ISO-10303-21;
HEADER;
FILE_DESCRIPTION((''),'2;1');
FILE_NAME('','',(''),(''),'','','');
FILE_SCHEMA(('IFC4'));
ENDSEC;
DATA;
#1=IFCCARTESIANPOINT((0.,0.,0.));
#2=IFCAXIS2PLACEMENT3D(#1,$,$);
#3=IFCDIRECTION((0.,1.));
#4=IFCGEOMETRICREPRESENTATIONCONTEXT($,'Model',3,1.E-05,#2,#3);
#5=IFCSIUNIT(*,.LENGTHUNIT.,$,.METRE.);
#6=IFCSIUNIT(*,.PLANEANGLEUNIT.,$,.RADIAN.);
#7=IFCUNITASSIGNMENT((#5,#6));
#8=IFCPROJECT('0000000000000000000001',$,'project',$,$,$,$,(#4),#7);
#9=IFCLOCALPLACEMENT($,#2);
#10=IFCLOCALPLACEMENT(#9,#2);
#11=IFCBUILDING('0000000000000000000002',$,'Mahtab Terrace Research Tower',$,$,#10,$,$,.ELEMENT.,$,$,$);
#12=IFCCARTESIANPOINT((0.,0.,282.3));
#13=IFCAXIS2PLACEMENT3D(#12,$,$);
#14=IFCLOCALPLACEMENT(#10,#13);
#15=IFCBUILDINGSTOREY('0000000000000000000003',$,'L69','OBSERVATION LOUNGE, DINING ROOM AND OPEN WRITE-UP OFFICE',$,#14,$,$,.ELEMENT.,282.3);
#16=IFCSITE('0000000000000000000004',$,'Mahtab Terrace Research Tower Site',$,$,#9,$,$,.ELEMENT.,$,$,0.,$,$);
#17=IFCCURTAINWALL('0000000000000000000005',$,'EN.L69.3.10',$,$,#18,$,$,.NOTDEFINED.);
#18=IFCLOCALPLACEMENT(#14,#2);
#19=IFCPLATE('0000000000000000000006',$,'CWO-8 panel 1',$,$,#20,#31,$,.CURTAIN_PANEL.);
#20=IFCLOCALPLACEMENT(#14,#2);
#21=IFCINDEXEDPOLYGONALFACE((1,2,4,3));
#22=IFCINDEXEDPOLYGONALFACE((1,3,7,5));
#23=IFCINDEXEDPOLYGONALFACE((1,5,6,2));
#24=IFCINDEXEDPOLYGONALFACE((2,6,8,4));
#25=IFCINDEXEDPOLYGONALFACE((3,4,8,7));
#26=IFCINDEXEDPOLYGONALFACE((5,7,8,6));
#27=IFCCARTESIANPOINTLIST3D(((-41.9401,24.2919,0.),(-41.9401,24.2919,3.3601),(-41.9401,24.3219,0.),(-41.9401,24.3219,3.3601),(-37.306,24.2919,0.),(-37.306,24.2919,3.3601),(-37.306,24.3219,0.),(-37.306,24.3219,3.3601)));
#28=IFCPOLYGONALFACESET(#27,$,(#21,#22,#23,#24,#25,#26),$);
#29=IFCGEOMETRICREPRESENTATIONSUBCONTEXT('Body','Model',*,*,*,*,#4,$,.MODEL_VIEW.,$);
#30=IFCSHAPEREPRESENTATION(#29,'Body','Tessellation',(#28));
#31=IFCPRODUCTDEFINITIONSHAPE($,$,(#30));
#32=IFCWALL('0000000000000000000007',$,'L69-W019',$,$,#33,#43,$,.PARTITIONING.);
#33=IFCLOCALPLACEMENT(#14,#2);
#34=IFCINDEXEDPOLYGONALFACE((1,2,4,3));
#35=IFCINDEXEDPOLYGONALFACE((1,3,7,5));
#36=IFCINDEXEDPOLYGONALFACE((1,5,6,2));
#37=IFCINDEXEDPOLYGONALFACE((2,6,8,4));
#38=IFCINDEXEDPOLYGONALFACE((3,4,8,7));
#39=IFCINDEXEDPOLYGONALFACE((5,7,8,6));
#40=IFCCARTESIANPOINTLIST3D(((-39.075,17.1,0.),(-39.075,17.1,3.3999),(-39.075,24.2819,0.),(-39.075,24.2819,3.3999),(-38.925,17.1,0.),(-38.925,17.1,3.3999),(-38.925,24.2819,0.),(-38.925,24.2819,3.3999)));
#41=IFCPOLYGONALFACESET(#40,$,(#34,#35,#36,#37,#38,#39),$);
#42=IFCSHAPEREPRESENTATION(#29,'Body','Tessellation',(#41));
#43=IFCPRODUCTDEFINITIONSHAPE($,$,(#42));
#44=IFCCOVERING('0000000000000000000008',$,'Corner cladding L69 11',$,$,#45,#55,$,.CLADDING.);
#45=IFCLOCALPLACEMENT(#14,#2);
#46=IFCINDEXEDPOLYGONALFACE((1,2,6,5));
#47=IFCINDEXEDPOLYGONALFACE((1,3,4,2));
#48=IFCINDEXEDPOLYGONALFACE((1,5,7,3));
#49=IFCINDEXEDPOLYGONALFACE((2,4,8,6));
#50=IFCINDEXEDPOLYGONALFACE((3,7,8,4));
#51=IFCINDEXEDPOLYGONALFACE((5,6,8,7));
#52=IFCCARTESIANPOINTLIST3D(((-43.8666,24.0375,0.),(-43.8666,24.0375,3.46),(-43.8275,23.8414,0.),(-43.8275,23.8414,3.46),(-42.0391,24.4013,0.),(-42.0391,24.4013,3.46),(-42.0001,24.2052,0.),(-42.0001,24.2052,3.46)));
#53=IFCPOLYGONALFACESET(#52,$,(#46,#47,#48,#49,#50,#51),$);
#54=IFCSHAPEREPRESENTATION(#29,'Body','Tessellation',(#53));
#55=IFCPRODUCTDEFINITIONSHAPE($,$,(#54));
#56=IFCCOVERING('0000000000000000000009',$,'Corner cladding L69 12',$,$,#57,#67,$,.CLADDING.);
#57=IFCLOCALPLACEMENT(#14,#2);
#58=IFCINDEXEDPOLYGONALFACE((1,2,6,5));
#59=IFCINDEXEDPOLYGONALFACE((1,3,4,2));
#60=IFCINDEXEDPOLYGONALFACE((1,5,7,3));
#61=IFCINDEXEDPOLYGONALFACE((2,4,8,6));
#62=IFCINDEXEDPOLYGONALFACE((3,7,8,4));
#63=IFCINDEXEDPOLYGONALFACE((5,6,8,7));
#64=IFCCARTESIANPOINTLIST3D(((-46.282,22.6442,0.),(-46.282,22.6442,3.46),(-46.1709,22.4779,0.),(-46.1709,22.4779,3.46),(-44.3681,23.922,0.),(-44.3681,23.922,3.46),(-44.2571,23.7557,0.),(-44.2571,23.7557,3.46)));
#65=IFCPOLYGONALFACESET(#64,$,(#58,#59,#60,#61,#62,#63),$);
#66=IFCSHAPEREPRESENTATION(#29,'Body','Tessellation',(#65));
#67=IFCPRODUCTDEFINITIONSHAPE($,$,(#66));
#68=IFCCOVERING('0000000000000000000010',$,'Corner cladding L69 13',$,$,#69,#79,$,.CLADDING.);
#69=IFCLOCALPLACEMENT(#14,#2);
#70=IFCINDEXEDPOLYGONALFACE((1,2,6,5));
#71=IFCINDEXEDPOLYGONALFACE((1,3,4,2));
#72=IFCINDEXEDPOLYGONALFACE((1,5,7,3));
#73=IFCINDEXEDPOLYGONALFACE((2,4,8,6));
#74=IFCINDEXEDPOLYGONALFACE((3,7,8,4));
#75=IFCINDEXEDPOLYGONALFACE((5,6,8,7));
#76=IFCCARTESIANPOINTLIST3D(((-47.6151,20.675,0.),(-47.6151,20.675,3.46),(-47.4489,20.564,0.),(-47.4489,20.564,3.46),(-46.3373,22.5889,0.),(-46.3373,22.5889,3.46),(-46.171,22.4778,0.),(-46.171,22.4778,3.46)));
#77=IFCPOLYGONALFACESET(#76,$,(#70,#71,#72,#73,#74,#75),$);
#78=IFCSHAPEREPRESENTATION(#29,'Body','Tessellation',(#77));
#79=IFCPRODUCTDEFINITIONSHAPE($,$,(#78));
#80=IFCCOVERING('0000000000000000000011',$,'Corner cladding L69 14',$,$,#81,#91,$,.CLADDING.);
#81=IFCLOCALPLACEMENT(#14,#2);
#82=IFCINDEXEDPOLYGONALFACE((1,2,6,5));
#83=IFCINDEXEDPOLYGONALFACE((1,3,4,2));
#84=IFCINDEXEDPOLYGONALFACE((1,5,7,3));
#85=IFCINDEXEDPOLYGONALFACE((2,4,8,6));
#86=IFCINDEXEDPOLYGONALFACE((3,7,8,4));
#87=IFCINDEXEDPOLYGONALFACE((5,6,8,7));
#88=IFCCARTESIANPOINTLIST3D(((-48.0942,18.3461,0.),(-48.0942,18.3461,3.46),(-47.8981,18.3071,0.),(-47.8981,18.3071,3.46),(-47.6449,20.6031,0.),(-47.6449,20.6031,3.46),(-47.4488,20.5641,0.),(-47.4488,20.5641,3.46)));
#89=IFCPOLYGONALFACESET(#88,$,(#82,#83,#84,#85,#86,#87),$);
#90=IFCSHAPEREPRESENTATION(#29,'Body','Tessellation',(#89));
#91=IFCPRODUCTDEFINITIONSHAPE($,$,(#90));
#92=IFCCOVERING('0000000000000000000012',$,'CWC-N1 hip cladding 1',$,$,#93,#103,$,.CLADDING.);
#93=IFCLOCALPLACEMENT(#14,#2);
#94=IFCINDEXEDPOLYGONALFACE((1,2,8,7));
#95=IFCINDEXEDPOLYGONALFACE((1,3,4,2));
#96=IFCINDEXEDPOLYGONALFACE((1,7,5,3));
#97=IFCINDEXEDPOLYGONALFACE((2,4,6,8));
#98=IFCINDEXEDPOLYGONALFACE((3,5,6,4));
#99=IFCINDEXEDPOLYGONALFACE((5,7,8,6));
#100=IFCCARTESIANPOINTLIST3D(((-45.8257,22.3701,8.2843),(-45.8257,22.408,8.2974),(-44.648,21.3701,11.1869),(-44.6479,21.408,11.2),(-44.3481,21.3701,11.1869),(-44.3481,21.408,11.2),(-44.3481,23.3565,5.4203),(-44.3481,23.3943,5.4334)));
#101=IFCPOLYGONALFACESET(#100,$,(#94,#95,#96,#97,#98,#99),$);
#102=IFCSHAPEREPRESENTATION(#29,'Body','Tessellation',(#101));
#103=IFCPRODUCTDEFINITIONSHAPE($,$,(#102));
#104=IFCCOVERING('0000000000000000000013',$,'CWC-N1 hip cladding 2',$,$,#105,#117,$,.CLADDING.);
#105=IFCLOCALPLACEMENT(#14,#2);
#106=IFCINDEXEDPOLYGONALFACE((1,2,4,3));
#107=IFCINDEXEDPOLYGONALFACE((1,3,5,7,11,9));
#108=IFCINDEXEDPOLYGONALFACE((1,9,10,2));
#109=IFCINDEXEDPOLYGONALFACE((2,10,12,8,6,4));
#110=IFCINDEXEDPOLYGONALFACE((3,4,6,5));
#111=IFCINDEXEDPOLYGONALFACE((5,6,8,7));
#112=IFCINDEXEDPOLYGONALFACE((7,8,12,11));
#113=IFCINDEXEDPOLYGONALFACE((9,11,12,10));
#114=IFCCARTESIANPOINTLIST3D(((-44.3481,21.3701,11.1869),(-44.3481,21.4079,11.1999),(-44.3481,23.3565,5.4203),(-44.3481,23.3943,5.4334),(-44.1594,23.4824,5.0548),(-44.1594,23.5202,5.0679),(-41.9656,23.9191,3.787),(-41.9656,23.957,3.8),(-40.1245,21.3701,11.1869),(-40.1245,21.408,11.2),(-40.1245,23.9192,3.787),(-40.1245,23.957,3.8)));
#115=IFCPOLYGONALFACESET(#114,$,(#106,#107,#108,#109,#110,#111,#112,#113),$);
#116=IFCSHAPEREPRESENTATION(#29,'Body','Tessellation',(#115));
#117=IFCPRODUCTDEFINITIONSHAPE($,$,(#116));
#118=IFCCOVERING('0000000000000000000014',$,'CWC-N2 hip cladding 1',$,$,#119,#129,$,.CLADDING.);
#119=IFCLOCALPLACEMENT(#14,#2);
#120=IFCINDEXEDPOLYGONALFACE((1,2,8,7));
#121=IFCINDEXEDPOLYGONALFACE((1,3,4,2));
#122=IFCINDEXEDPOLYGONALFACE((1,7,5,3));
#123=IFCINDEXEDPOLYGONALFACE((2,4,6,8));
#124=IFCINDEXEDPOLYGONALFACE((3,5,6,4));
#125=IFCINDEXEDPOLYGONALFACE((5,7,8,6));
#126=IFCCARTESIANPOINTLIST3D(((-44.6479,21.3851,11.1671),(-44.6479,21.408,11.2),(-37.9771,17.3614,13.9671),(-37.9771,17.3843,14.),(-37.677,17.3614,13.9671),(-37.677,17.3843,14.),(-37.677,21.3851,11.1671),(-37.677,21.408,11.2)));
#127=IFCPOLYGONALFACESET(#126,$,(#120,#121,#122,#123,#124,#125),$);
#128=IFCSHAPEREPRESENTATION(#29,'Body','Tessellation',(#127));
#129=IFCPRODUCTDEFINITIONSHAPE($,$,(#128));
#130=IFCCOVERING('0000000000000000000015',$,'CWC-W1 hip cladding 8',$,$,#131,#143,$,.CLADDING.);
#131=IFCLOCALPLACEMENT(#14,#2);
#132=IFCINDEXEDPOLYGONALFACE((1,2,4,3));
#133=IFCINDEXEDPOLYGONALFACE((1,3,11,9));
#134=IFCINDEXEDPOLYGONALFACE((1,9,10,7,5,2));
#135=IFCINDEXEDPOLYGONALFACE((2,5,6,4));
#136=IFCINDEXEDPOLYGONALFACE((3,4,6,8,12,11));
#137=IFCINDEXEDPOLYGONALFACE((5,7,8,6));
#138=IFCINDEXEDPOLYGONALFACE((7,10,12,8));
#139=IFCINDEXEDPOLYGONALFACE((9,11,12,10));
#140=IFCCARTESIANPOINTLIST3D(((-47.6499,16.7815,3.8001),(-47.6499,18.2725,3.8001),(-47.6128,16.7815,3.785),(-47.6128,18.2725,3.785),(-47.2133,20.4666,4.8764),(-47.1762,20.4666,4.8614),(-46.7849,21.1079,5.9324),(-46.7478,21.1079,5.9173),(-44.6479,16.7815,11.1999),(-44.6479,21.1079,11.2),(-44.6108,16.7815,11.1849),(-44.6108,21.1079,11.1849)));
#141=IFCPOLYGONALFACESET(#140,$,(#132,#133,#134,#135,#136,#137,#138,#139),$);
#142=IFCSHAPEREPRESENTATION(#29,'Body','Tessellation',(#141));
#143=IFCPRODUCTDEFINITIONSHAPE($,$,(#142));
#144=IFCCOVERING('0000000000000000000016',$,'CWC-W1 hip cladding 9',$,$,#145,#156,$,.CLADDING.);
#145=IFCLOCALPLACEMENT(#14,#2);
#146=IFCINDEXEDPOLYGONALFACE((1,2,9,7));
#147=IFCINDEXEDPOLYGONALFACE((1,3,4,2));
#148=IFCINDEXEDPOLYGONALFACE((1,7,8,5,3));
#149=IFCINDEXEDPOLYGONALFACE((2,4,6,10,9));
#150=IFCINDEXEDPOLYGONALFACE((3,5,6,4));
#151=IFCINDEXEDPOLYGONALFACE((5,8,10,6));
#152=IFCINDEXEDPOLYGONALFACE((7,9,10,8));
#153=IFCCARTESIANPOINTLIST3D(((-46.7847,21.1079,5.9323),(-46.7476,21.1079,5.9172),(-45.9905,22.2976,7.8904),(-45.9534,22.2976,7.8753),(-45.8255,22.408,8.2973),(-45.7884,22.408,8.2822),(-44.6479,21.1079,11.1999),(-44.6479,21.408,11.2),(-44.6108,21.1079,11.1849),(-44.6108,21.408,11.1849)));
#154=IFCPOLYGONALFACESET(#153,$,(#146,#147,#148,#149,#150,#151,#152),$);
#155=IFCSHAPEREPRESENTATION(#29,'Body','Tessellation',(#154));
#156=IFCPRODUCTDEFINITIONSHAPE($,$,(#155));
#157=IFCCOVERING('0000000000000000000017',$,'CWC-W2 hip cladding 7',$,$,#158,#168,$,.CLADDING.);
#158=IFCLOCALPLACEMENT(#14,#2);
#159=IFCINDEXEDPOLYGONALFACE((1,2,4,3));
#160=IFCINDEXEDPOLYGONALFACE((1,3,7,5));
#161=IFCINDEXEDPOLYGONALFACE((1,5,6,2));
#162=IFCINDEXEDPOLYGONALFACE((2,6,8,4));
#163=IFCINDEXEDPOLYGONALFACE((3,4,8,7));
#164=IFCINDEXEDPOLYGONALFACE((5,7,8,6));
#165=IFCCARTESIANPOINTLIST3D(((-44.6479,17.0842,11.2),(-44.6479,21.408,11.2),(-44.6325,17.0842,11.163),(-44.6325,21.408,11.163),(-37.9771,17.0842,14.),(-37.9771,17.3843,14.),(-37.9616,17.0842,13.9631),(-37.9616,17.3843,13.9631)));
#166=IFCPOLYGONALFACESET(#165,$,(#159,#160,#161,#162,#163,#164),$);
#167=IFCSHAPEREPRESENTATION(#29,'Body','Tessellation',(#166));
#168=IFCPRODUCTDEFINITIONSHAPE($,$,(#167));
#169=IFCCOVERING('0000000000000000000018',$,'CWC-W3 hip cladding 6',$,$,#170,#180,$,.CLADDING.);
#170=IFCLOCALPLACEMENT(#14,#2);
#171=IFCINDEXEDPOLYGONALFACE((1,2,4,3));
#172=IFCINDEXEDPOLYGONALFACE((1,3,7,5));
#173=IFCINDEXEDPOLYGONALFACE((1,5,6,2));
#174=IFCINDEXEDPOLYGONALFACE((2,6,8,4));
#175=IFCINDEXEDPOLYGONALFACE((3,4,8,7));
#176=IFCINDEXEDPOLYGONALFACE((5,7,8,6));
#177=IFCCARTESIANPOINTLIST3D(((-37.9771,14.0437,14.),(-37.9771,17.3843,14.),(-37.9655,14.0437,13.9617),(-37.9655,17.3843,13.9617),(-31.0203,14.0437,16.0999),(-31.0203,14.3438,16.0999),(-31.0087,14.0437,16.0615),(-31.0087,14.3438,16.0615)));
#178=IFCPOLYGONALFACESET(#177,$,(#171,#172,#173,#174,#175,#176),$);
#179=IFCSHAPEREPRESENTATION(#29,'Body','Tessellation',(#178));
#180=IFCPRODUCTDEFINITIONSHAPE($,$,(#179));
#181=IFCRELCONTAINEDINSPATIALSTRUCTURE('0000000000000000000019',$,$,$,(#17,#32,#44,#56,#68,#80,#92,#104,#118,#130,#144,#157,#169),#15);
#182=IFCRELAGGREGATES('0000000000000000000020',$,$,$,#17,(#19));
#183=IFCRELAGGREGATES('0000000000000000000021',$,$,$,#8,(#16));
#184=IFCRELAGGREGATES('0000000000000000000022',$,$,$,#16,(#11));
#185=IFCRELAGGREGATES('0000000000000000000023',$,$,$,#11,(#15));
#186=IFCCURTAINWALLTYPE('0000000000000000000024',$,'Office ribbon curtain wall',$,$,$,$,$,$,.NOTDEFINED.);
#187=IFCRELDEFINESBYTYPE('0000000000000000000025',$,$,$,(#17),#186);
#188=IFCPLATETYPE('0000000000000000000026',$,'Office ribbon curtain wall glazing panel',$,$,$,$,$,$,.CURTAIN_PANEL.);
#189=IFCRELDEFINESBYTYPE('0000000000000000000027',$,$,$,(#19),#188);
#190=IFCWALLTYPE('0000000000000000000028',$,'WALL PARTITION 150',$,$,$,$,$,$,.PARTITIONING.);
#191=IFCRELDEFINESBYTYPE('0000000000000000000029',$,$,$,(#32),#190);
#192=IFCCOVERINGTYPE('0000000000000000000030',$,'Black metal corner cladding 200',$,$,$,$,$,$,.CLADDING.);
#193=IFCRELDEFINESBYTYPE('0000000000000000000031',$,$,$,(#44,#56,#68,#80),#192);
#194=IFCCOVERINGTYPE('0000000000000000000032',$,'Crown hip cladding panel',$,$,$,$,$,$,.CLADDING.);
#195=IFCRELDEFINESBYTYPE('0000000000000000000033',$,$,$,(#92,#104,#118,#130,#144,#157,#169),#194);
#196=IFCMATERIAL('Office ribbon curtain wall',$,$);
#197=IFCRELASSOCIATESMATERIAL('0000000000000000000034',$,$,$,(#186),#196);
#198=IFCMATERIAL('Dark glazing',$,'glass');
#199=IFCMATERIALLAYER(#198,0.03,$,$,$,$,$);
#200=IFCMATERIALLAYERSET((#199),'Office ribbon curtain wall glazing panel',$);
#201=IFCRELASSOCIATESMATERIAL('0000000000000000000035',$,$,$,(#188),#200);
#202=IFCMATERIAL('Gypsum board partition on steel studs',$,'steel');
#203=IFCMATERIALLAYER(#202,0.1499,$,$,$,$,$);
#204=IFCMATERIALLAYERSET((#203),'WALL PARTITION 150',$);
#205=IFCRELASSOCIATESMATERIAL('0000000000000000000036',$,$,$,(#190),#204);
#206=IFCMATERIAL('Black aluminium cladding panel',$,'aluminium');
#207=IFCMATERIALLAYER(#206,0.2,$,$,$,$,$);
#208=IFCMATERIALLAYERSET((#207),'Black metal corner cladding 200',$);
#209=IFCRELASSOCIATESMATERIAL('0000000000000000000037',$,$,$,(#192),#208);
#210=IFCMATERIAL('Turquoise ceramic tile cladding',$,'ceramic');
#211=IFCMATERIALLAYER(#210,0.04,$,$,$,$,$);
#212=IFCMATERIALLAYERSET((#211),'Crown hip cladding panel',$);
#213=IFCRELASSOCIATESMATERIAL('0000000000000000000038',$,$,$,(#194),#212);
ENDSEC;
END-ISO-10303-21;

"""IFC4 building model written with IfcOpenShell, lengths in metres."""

from ifc_helpers import new_model, si_unit, direction, frame, frame_2d, origin, origin_2d, place, context, subcontext, project, spatial, polyline, rectangle, outline, extrude, material, layer, layer_set, type_object, element, aggregate, save


model = new_model("IFC4")

# Units and contexts
model_context = context("Model", 3, precision=1e-05, world=origin(), true_north=direction((0.0, 1.0)))
body_context = subcontext(model_context, "Body", "Model", "MODEL_VIEW")
ifc_project = project(units=[si_unit("LENGTHUNIT", "METRE"), si_unit("PLANEANGLEUNIT", "RADIAN")], contexts=[model_context])

# Site, building, storey
site_placement = place(None, origin())
site = spatial("IfcSite", under=ifc_project, at=site_placement, Name="Mahtab Terrace Research Tower Site", CompositionType="ELEMENT", RefElevation=0.0)
building_placement = place(site_placement, origin())
building = spatial("IfcBuilding", under=site, at=building_placement, Name="Mahtab Terrace Research Tower", CompositionType="ELEMENT")
storey_placement = place(building_placement, frame((0.0, 0.0, 282.3)))
storey = spatial("IfcBuildingStorey", under=building, at=storey_placement, Name="L69", Description="OBSERVATION LOUNGE, DINING ROOM AND OPEN WRITE-UP OFFICE", CompositionType="ELEMENT", Elevation=282.3)

# Shared definitions
ifc_material_1 = material(Name="Office ribbon curtain wall")
curtain_wall_type_1 = type_object("IfcCurtainWallType", Name="Office ribbon curtain wall", PredefinedType="NOTDEFINED", material=ifc_material_1)

# Curtain wall
curtain_wall_1_placement = place(storey_placement, origin())
curtain_wall_1 = element("IfcCurtainWall", 1, at=curtain_wall_1_placement, inside=storey, type_object=curtain_wall_type_1, Name="EN.L69.3.10", PredefinedType="NOTDEFINED")

# Plate
ifc_material_2 = material(Name="Dark glazing", Category="glass")
ifc_layer_1 = layer(ifc_material_2, 0.03)
ifc_layer_set_1 = layer_set([ifc_layer_1], Name="Office ribbon curtain wall glazing panel")
plate_type_1 = type_object("IfcPlateType", Name="Office ribbon curtain wall glazing panel", PredefinedType="CURTAIN_PANEL", material=ifc_layer_set_1)
plate_1_placement = place(storey_placement, frame((-39.623, 24.3069, 0.0), z_axis=(0.0, 0.0, 1.0), x_axis=(-1.0, 0.0, 0.0)))
plate_1 = element("IfcPlate", 2, at=plate_1_placement, type_object=plate_type_1, Name="CWO-8 panel 1", PredefinedType="CURTAIN_PANEL", context=body_context, shape_type="SweptSolid", body=[
    extrude(rectangle(XDim=4.634, YDim=0.03, at=origin_2d()), origin(), (0.0, 0.0, 1.0), 3.3601),
])
aggregate(curtain_wall_1, [plate_1])

# Wall
ifc_material_3 = material(Name="Gypsum board partition on steel studs", Category="steel")
ifc_layer_2 = layer(ifc_material_3, 0.1499)
ifc_layer_set_2 = layer_set([ifc_layer_2], Name="WALL PARTITION 150")
wall_type = type_object("IfcWallType", Name="WALL PARTITION 150", PredefinedType="PARTITIONING", material=ifc_layer_set_2)
wall_placement = place(storey_placement, frame((-39.0, 17.1001, 0.0), z_axis=(0.0, 0.0, 1.0), x_axis=(0.0, 1.0, 0.0)))
element("IfcWall", 3, at=wall_placement, inside=storey, type_object=wall_type, Name="L69-W019", PredefinedType="PARTITIONING", context=body_context, shape_type="SweptSolid", body=[
    extrude(rectangle(XDim=7.1819, YDim=0.1499, at=frame_2d((3.5908, 0.0))), origin(), (0.0, 0.0, 1.0), 3.3999),
])

# Coverings
ifc_material_4 = material(Name="Black aluminium cladding panel", Category="aluminium")
ifc_layer_3 = layer(ifc_material_4, 0.2)
ifc_layer_set_3 = layer_set([ifc_layer_3], Name="Black metal corner cladding 200")
covering_type_1 = type_object("IfcCoveringType", Name="Black metal corner cladding 200", PredefinedType="CLADDING", material=ifc_layer_set_3)
covering_1_placement = place(storey_placement, frame((-42.9333, 24.1213, 0.0), z_axis=(0.0, 0.0, 1.0), x_axis=(-0.980761, -0.195212, 0.0)))
element("IfcCovering", 4, at=covering_1_placement, inside=storey, type_object=covering_type_1, Name="Corner cladding L69 11", PredefinedType="CLADDING", context=body_context, shape_type="SweptSolid", body=[
    extrude(rectangle(XDim=1.8633, YDim=0.2, at=origin_2d()), origin(), (0.0, 0.0, 1.0), 3.46),
])
for number, where, z_axis, x_axis, name in (
    (5, (-45.2695, 23.2, 0.0), (0.0, 0.0, 1.0), (-0.831656, -0.555291, 0.0), "Corner cladding L69 12"),
    (6, (-46.8931, 21.5764, 0.0), (0.0, 0.0, 1.0), (-0.555291, -0.831656, 0.0), "Corner cladding L69 13"),
    (7, (-47.7715, 19.4551, 0.0), (0.0, 0.0, 1.0), (-0.195212, -0.980761, 0.0), "Corner cladding L69 14"),
):
    element("IfcCovering", number, at=place(storey_placement, frame(where, z_axis=z_axis, x_axis=x_axis)), inside=storey, type_object=covering_type_1, Name=name, PredefinedType="CLADDING", context=body_context, shape_type="SweptSolid", body=[
        extrude(rectangle(XDim=2.3013, YDim=0.2, at=origin_2d()), origin(), (0.0, 0.0, 1.0), 3.46),
    ])
ifc_material_5 = material(Name="Turquoise ceramic tile cladding", Category="ceramic")
ifc_layer_4 = layer(ifc_material_5, 0.04)
ifc_layer_set_4 = layer_set([ifc_layer_4], Name="Crown hip cladding panel")
covering_type_2 = type_object("IfcCoveringType", Name="Crown hip cladding panel", PredefinedType="CLADDING", material=ifc_layer_set_4)
covering_2_placement = place(storey_placement, frame((-44.3481, 21.408, 11.2), z_axis=(0.000112, 0.94548, 0.32568), x_axis=(-1.0, 0.000106, 0.000036)))
element("IfcCovering", 8, at=covering_2_placement, inside=storey, type_object=covering_type_2, Name="CWC-N1 hip cladding 1", PredefinedType="CLADDING", context=body_context, shape_type="SweptSolid", body=[
    extrude(outline(polyline([(0.0, 0.0), (0.2998, 0.0), (1.4775, -3.07), (0.0, -6.0991), (0.0, 0.0)])), origin(), (0.0, 0.0, -1.0), 0.04),
])
covering_3_placement = place(storey_placement, frame((-40.1245, 21.408, 11.2), z_axis=(-0.000012, 0.945477, 0.32569), x_axis=(-1.0, -0.000012, -0.000004)))
element("IfcCovering", 9, at=covering_3_placement, inside=storey, type_object=covering_type_2, Name="CWC-N1 hip cladding 2", PredefinedType="CLADDING", context=body_context, shape_type="SweptSolid", body=[
    extrude(outline(polyline([(0.0, 0.0), (4.2236, 0.0), (4.2236, -6.0991), (4.0349, -6.4857), (1.8411, -7.8266), (0.0, -7.8266), (0.0, 0.0)])), origin(), (0.0, 0.0, -1.0), 0.04),
])
covering_4_placement = place(storey_placement, frame((-37.677, 21.408, 11.2), z_axis=(0.0, 0.571197, 0.820813), x_axis=(0.0, -0.820813, 0.571197)))
element("IfcCovering", 10, at=covering_4_placement, inside=storey, type_object=covering_type_2, Name="CWC-N2 hip cladding 1", PredefinedType="CLADDING", context=body_context, shape_type="SweptSolid", body=[
    extrude(outline(polyline([(0.0, 0.0), (4.9021, 0.0), (4.9021, -0.3), (0.0, -6.9709), (0.0, 0.0)])), origin(), (0.0, 0.0, -1.0), 0.04),
])
covering_5_placement = place(storey_placement, frame((-44.6479, 21.1079, 11.2), z_axis=(-0.92665, -0.000009, 0.375925), x_axis=(0.000008, -1.0, -0.000003)))
element("IfcCovering", 11, at=covering_5_placement, inside=storey, type_object=covering_type_2, Name="CWC-W1 hip cladding 8", PredefinedType="CLADDING", context=body_context, shape_type="SweptSolid", body=[
    extrude(outline(polyline([(0.0, 0.0), (4.3264, 0.0), (4.3264, -7.9856), (2.8354, -7.9856), (0.6414, -6.8241), (0.0, -5.6845), (0.0, 0.0)])), origin(), (0.0, 0.0, -1.0), 0.04),
])
covering_6_placement = place(storey_placement, frame((-44.6479, 21.408, 11.2), z_axis=(-0.926663, -0.00005, 0.375894), x_axis=(0.000047, -1.0, -0.000019)))
element("IfcCovering", 12, at=covering_6_placement, inside=storey, type_object=covering_type_2, Name="CWC-W1 hip cladding 9", PredefinedType="CLADDING", context=body_context, shape_type="SweptSolid", body=[
    extrude(outline(polyline([(0.0, 0.0), (0.3, 0.0), (0.3, -5.6845), (-0.8896, -3.5715), (-1.0, -3.1324), (0.0, 0.0)])), origin(), (0.0, 0.0, -1.0), 0.04),
])
covering_7_placement = place(storey_placement, frame((-44.6479, 21.408, 11.2), z_axis=(-0.387029, 0.0, 0.922067), x_axis=(0.805824, -0.486048, 0.338237)))
element("IfcCovering", 13, at=covering_7_placement, inside=storey, type_object=covering_type_2, Name="CWC-W2 hip cladding 7", PredefinedType="CLADDING", context=body_context, shape_type="SweptSolid", body=[
    extrude(outline(polyline([(0.0, 0.0), (8.2784, 0.0), (8.4242, -0.2622), (2.1015, -3.7786), (0.0, 0.0)])), origin(), (0.0, 0.0, -1.0), 0.04),
])
covering_8_placement = place(storey_placement, frame((-37.9771, 17.3843, 14.0), z_axis=(-0.288966, 0.0, 0.957339), x_axis=(0.883149, -0.385988, 0.266572)))
element("IfcCovering", 14, at=covering_8_placement, inside=storey, type_object=covering_type_2, Name="CWC-W3 hip cladding 6", PredefinedType="CLADDING", context=body_context, shape_type="SweptSolid", body=[
    extrude(outline(polyline([(0.0, 0.0), (7.8773, 0.0), (7.9931, -0.2768), (1.2894, -3.0817), (0.0, 0.0)])), origin(), (0.0, 0.0, -1.0), 0.04),
])

save(model, "model.ifc")
